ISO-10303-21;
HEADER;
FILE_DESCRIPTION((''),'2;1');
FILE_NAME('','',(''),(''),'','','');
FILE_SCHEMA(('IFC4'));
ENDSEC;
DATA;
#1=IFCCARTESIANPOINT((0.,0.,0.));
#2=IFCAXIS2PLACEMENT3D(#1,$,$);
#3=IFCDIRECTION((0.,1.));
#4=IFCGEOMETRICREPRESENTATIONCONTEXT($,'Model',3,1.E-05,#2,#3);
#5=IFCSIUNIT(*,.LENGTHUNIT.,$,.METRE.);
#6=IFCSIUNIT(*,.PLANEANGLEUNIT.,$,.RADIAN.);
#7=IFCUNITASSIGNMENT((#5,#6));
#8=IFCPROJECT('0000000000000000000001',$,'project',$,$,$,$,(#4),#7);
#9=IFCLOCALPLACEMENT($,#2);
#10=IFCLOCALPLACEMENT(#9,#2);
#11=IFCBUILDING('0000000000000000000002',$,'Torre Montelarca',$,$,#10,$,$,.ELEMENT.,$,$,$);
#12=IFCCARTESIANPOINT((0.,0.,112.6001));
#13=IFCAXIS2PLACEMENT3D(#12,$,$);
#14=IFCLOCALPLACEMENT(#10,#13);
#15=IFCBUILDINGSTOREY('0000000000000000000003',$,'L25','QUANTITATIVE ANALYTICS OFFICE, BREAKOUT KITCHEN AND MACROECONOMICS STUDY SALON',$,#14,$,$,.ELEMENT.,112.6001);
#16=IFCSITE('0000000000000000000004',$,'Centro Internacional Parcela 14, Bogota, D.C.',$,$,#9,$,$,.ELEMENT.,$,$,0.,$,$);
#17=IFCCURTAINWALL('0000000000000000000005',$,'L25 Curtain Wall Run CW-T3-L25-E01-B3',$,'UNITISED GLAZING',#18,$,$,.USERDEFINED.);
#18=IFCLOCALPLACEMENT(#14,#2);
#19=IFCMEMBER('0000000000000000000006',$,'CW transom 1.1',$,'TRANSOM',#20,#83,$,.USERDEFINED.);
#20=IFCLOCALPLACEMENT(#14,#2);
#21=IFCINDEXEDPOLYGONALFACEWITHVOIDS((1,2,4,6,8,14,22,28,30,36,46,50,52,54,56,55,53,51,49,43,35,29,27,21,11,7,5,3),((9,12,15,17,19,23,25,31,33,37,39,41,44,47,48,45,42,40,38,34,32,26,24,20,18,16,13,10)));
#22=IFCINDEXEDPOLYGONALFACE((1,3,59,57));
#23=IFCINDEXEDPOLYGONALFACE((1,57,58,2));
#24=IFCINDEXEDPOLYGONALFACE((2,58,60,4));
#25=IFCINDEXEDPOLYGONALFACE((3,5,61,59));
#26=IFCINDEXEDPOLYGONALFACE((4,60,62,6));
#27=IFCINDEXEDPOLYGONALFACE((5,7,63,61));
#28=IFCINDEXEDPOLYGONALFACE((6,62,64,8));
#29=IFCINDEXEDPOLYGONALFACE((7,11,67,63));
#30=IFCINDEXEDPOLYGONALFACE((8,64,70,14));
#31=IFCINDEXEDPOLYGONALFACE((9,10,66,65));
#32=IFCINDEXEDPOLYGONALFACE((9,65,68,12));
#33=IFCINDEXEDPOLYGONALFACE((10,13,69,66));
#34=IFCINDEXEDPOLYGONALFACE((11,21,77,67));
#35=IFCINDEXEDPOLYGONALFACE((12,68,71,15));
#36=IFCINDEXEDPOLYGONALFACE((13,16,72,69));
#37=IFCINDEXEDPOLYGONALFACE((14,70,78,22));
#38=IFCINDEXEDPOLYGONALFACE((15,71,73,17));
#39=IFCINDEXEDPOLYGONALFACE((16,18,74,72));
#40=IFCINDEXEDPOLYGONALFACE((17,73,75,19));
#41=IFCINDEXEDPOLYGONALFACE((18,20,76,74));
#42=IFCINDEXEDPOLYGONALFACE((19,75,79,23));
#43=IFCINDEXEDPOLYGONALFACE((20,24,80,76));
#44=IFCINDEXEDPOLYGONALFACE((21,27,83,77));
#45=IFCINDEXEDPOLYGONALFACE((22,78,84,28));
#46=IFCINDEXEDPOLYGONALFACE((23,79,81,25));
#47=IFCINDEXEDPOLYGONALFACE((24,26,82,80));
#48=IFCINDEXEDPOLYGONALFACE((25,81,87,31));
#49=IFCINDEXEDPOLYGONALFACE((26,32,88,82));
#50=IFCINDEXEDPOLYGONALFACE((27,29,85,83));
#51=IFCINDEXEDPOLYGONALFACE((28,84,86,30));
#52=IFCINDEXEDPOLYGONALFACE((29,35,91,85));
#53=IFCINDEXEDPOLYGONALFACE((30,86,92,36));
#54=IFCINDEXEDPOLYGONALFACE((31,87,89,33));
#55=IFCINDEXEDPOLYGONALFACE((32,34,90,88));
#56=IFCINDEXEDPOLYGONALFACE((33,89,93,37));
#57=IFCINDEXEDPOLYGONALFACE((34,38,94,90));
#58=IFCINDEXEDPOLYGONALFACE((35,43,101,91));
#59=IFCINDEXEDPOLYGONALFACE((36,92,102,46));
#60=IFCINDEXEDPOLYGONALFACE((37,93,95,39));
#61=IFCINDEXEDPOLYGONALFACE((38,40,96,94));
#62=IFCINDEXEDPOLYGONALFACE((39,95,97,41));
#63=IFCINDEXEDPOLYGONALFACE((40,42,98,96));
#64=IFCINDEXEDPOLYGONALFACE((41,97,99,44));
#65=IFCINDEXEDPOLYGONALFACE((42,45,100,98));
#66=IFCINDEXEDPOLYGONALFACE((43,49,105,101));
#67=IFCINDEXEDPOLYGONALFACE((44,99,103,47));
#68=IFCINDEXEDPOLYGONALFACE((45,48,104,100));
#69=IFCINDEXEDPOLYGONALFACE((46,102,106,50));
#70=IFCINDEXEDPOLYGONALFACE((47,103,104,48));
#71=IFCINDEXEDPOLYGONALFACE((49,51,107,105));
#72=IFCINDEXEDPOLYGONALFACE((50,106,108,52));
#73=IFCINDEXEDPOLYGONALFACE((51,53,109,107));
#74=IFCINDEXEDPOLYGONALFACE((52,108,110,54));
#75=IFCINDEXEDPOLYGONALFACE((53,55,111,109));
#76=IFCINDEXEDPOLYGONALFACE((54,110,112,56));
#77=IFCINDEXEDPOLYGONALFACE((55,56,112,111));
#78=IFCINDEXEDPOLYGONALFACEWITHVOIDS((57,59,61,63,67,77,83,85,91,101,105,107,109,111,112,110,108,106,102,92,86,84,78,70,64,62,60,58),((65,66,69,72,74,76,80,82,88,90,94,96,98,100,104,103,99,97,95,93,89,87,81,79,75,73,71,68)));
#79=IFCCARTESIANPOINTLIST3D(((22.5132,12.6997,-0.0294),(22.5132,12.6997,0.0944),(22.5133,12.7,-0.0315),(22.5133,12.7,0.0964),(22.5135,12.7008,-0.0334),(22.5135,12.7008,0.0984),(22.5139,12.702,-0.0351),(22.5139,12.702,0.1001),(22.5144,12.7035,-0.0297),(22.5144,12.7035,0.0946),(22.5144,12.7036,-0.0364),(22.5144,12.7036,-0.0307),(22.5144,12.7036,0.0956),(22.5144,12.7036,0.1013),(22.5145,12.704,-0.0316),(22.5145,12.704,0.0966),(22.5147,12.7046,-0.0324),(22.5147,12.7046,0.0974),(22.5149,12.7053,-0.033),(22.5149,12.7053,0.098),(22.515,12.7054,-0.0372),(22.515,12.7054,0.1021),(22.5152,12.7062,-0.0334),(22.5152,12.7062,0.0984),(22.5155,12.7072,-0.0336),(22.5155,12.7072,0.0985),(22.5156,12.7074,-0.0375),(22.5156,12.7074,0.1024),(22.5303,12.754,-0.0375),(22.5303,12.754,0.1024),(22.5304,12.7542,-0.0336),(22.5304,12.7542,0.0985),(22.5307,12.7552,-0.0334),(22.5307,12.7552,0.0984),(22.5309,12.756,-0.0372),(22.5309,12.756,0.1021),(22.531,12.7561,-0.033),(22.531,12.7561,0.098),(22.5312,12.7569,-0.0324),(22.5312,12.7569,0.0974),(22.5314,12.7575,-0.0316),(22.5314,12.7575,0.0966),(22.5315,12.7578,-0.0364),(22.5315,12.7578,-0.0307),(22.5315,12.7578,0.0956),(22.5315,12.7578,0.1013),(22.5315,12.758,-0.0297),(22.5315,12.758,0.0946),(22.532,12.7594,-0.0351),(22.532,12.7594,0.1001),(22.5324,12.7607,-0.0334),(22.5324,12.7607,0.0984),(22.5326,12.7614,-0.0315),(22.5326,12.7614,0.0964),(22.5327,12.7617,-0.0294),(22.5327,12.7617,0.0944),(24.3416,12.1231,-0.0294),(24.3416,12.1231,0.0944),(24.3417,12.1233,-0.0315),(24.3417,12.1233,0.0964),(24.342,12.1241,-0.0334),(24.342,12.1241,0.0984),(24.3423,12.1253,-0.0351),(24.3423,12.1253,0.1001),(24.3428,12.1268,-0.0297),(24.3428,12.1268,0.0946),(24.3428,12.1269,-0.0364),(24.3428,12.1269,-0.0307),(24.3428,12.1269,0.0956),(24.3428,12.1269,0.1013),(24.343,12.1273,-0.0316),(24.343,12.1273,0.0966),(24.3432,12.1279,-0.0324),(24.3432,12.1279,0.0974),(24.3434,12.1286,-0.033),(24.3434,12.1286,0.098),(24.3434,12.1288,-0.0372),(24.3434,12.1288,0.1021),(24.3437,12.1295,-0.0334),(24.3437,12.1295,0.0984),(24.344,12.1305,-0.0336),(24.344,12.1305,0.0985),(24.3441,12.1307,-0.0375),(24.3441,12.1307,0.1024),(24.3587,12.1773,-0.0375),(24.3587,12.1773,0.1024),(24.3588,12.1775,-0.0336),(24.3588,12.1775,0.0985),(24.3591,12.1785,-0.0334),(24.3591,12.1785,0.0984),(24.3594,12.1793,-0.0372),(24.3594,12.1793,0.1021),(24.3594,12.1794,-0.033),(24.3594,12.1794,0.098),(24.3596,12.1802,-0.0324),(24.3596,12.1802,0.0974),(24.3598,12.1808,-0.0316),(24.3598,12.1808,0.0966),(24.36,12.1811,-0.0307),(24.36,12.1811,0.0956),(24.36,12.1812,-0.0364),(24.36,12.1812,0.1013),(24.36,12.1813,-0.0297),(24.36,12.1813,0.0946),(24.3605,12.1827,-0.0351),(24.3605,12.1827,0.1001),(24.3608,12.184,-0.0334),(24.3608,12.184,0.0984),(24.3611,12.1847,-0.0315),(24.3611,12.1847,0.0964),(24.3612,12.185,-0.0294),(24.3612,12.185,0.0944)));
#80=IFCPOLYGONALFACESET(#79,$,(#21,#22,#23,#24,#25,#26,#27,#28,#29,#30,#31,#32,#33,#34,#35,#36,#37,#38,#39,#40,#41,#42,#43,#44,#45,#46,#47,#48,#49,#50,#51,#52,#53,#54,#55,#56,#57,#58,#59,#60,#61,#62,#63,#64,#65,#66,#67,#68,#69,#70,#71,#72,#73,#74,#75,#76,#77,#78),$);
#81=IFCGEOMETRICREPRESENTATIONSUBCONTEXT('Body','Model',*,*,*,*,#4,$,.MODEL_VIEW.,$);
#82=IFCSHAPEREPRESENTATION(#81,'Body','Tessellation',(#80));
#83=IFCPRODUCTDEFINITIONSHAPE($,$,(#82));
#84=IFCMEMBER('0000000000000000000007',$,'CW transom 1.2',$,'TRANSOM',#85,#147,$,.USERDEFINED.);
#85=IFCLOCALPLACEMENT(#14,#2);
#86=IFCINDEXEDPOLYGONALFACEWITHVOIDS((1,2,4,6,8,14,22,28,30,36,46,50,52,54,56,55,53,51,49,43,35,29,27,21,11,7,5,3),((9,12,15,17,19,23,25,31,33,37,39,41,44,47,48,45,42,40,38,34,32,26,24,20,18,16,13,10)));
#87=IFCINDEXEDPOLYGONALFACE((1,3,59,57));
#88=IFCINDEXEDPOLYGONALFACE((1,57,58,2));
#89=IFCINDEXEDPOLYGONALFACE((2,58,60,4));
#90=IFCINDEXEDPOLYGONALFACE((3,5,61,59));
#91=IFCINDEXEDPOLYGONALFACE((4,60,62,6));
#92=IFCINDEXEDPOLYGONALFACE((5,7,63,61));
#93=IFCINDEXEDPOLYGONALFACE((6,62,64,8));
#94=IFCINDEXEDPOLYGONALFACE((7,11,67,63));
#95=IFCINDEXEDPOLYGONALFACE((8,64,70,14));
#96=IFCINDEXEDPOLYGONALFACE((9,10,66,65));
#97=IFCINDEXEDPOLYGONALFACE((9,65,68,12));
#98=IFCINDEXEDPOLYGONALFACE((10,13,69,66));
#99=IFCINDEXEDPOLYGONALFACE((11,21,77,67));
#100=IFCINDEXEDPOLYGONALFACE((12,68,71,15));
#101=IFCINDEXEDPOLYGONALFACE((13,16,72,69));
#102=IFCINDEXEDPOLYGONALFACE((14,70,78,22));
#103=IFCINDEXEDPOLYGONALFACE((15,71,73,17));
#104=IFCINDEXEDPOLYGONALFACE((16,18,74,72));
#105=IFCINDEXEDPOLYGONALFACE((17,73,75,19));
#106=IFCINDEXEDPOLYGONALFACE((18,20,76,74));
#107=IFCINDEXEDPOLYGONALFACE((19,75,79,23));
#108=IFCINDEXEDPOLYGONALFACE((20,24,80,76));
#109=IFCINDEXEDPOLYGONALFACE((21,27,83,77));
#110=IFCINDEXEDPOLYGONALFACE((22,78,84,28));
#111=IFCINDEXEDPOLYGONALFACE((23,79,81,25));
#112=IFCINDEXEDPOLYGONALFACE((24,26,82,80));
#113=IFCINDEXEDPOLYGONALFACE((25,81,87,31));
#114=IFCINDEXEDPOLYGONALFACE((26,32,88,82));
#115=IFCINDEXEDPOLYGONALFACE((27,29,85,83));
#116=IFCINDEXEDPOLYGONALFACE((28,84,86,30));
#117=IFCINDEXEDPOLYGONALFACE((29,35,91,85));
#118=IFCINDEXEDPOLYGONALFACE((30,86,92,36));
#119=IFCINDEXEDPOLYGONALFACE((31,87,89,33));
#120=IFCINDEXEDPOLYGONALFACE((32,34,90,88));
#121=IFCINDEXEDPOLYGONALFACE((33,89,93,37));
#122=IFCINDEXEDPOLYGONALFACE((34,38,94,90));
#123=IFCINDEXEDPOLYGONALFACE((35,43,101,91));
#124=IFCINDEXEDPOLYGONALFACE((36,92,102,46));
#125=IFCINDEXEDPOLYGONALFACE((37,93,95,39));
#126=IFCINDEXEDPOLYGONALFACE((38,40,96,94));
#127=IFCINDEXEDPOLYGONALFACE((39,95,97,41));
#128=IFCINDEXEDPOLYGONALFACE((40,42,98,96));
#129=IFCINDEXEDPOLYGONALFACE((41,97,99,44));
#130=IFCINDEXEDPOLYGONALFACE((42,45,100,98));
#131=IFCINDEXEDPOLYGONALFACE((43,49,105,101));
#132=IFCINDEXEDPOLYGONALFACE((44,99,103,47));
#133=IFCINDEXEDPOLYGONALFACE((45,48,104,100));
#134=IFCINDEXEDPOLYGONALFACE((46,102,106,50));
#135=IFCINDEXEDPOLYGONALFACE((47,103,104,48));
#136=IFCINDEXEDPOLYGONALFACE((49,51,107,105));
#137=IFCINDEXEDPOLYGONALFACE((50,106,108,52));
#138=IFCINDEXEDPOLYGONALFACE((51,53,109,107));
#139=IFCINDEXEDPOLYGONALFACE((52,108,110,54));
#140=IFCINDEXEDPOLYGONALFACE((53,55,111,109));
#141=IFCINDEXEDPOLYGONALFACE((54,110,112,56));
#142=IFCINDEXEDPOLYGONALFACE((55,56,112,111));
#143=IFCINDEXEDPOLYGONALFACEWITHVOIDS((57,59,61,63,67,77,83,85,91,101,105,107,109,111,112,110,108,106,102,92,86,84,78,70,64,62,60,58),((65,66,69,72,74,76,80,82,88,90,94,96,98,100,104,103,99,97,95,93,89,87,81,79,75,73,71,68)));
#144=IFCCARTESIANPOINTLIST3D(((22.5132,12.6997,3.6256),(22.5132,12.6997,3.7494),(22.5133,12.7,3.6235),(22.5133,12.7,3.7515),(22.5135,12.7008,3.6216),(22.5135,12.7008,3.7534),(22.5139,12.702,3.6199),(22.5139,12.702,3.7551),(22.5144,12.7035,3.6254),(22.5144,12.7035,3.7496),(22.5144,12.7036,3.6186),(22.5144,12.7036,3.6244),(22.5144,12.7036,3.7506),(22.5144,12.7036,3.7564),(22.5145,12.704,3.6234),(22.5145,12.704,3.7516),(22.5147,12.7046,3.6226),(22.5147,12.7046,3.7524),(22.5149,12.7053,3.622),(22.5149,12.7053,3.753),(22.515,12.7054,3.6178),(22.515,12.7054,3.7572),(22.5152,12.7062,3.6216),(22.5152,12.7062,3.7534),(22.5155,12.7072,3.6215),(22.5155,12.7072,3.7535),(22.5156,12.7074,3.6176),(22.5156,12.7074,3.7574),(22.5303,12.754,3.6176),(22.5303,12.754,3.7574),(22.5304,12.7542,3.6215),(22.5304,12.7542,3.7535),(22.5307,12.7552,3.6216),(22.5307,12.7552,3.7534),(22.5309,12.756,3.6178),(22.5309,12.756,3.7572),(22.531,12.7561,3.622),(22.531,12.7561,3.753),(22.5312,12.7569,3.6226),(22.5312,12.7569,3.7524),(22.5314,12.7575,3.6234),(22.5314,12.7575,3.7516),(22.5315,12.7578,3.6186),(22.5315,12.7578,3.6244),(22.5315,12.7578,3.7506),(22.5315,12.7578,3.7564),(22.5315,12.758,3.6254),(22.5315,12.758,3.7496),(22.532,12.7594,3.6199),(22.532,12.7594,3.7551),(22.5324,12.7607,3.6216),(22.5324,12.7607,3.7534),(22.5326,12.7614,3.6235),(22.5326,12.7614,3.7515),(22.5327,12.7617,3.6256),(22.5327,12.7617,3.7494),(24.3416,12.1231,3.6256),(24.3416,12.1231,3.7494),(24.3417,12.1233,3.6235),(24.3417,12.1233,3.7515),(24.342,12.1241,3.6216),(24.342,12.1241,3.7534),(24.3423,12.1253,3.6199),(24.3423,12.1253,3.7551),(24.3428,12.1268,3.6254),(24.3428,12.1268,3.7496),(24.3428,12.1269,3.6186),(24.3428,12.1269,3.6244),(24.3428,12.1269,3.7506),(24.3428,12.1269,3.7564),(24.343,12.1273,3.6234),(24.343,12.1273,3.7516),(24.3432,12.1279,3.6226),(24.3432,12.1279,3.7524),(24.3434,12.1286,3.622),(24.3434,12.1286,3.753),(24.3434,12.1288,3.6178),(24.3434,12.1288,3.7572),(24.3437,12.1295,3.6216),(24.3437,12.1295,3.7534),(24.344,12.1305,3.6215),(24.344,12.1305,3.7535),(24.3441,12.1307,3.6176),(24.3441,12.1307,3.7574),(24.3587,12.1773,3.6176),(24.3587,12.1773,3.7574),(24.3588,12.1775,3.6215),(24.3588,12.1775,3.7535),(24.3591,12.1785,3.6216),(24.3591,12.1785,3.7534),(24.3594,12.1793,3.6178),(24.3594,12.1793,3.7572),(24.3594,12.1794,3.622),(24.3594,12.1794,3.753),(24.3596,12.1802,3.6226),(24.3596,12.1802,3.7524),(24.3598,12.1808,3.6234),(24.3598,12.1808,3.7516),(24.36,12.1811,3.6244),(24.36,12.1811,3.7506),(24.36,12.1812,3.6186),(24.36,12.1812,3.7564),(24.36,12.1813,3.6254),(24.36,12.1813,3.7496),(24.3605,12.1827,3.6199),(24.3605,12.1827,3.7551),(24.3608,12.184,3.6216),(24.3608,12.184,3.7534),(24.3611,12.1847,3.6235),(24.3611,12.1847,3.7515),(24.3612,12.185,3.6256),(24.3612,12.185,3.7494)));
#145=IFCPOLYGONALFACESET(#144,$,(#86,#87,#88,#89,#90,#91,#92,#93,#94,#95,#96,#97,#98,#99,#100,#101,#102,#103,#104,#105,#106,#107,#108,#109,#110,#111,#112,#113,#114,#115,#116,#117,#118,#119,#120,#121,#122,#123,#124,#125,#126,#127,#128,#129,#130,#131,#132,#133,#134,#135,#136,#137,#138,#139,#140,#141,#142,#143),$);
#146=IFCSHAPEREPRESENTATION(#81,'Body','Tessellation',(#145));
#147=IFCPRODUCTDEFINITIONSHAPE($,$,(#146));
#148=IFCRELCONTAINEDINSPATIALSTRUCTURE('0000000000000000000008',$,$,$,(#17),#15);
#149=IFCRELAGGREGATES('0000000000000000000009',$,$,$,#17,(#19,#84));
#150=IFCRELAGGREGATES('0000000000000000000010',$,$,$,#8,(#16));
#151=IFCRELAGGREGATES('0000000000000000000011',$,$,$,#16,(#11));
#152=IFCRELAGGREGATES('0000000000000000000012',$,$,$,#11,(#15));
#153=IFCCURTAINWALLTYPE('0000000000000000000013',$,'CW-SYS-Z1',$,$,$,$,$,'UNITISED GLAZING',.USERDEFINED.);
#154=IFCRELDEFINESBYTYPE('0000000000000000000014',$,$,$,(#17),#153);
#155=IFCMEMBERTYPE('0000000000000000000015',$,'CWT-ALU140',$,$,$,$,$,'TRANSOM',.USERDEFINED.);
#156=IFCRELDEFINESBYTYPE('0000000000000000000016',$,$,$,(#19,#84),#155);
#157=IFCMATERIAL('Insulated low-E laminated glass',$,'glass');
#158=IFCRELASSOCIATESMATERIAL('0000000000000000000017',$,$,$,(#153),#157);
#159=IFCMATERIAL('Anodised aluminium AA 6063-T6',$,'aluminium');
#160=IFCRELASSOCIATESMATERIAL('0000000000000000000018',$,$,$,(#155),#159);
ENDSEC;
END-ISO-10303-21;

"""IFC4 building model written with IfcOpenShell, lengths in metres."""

from ifc_helpers import new_model, si_unit, direction, frame, origin, origin_2d, place, context, subcontext, project, spatial, hollow_rectangle, extrude, source, transform, mapped, material, material_profile, profile_set, type_object, element, aggregate, save


model = new_model("IFC4")

# Units and contexts
model_context = context("Model", 3, precision=1e-05, world=origin(), true_north=direction((0.0, 1.0)))
body_context = subcontext(model_context, "Body", "Model", "MODEL_VIEW")
ifc_project = project(units=[si_unit("LENGTHUNIT", "METRE"), si_unit("PLANEANGLEUNIT", "RADIAN")], contexts=[model_context])

# Site, building, storey
site_placement = place(None, origin())
site = spatial("IfcSite", under=ifc_project, at=site_placement, Name="Centro Internacional Parcela 14, Bogota, D.C.", CompositionType="ELEMENT", RefElevation=0.0)
building_placement = place(site_placement, origin())
building = spatial("IfcBuilding", under=site, at=building_placement, Name="Torre Montelarca", CompositionType="ELEMENT")
storey_placement = place(building_placement, frame((0.0, 0.0, 112.6001)))
storey = spatial("IfcBuildingStorey", under=building, at=storey_placement, Name="L25", Description="QUANTITATIVE ANALYTICS OFFICE, BREAKOUT KITCHEN AND MACROECONOMICS STUDY SALON", CompositionType="ELEMENT", Elevation=112.6001)

# Curtain wall, members
ifc_material_1 = material(Name="Insulated low-E laminated glass", Category="glass")
curtain_wall_type = type_object("IfcCurtainWallType", Name="CW-SYS-Z1", ElementType="UNITISED GLAZING", PredefinedType="USERDEFINED", material=ifc_material_1)
curtain_wall_1_placement = place(storey_placement, origin())
curtain_wall_1 = element("IfcCurtainWall", 1, at=curtain_wall_1_placement, inside=storey, type_object=curtain_wall_type, Name="L25 Curtain Wall Run CW-T3-L25-E01-B3", ObjectType="UNITISED GLAZING", PredefinedType="USERDEFINED")
ifc_material_2 = material(Name="Anodised aluminium AA 6063-T6", Category="aluminium")
ifc_material_profile_1 = material_profile(ifc_material_2, hollow_rectangle(XDim=0.0649, YDim=0.1399, WallThickness=0.0039, InnerFilletRadius=0.0039, OuterFilletRadius=0.0081, at=origin_2d()), Name="ALU65X140X4", Category="aluminium")
ifc_profile_set_1 = profile_set([ifc_material_profile_1], Name="Anodised aluminium AA 6063-T6")
member_type_1 = type_object("IfcMemberType", Name="CWT-ALU140", ElementType="TRANSOM", PredefinedType="USERDEFINED", material=ifc_profile_set_1)
shared_shape_1 = source(origin(), body_context, "Body", "SweptSolid", [
    extrude(hollow_rectangle(XDim=0.0649, YDim=0.1399, WallThickness=0.0039, InnerFilletRadius=0.0039, OuterFilletRadius=0.0081, at=origin_2d()), origin(), (0.0, 0.0, 1.0), 1.9172),
])
member_1_placement = place(storey_placement, frame((22.5229, 12.7307, 0.0325), z_axis=(0.95369, -0.30079, 0.0), x_axis=(0.30079, 0.95369, 0.0)))
member_1 = element("IfcMember", 2, at=member_1_placement, type_object=member_type_1, Name="CW transom 1.1", ObjectType="TRANSOM", PredefinedType="USERDEFINED", context=body_context, shape_type="MappedRepresentation", body=[
    mapped(shared_shape_1, transform((0.0, 0.0, 0.0), scale=1.0)),
])
member_2_placement = place(storey_placement, frame((22.5229, 12.7307, 3.6875), z_axis=(0.95369, -0.30079, 0.0), x_axis=(0.30079, 0.95369, 0.0)))
member_2 = element("IfcMember", 3, at=member_2_placement, type_object=member_type_1, Name="CW transom 1.2", ObjectType="TRANSOM", PredefinedType="USERDEFINED", context=body_context, shape_type="MappedRepresentation", body=[
    mapped(shared_shape_1, transform((0.0, 0.0, 0.0), scale=1.0)),
])

aggregate(curtain_wall_1, [member_1, member_2])

save(model, "model.ifc")
